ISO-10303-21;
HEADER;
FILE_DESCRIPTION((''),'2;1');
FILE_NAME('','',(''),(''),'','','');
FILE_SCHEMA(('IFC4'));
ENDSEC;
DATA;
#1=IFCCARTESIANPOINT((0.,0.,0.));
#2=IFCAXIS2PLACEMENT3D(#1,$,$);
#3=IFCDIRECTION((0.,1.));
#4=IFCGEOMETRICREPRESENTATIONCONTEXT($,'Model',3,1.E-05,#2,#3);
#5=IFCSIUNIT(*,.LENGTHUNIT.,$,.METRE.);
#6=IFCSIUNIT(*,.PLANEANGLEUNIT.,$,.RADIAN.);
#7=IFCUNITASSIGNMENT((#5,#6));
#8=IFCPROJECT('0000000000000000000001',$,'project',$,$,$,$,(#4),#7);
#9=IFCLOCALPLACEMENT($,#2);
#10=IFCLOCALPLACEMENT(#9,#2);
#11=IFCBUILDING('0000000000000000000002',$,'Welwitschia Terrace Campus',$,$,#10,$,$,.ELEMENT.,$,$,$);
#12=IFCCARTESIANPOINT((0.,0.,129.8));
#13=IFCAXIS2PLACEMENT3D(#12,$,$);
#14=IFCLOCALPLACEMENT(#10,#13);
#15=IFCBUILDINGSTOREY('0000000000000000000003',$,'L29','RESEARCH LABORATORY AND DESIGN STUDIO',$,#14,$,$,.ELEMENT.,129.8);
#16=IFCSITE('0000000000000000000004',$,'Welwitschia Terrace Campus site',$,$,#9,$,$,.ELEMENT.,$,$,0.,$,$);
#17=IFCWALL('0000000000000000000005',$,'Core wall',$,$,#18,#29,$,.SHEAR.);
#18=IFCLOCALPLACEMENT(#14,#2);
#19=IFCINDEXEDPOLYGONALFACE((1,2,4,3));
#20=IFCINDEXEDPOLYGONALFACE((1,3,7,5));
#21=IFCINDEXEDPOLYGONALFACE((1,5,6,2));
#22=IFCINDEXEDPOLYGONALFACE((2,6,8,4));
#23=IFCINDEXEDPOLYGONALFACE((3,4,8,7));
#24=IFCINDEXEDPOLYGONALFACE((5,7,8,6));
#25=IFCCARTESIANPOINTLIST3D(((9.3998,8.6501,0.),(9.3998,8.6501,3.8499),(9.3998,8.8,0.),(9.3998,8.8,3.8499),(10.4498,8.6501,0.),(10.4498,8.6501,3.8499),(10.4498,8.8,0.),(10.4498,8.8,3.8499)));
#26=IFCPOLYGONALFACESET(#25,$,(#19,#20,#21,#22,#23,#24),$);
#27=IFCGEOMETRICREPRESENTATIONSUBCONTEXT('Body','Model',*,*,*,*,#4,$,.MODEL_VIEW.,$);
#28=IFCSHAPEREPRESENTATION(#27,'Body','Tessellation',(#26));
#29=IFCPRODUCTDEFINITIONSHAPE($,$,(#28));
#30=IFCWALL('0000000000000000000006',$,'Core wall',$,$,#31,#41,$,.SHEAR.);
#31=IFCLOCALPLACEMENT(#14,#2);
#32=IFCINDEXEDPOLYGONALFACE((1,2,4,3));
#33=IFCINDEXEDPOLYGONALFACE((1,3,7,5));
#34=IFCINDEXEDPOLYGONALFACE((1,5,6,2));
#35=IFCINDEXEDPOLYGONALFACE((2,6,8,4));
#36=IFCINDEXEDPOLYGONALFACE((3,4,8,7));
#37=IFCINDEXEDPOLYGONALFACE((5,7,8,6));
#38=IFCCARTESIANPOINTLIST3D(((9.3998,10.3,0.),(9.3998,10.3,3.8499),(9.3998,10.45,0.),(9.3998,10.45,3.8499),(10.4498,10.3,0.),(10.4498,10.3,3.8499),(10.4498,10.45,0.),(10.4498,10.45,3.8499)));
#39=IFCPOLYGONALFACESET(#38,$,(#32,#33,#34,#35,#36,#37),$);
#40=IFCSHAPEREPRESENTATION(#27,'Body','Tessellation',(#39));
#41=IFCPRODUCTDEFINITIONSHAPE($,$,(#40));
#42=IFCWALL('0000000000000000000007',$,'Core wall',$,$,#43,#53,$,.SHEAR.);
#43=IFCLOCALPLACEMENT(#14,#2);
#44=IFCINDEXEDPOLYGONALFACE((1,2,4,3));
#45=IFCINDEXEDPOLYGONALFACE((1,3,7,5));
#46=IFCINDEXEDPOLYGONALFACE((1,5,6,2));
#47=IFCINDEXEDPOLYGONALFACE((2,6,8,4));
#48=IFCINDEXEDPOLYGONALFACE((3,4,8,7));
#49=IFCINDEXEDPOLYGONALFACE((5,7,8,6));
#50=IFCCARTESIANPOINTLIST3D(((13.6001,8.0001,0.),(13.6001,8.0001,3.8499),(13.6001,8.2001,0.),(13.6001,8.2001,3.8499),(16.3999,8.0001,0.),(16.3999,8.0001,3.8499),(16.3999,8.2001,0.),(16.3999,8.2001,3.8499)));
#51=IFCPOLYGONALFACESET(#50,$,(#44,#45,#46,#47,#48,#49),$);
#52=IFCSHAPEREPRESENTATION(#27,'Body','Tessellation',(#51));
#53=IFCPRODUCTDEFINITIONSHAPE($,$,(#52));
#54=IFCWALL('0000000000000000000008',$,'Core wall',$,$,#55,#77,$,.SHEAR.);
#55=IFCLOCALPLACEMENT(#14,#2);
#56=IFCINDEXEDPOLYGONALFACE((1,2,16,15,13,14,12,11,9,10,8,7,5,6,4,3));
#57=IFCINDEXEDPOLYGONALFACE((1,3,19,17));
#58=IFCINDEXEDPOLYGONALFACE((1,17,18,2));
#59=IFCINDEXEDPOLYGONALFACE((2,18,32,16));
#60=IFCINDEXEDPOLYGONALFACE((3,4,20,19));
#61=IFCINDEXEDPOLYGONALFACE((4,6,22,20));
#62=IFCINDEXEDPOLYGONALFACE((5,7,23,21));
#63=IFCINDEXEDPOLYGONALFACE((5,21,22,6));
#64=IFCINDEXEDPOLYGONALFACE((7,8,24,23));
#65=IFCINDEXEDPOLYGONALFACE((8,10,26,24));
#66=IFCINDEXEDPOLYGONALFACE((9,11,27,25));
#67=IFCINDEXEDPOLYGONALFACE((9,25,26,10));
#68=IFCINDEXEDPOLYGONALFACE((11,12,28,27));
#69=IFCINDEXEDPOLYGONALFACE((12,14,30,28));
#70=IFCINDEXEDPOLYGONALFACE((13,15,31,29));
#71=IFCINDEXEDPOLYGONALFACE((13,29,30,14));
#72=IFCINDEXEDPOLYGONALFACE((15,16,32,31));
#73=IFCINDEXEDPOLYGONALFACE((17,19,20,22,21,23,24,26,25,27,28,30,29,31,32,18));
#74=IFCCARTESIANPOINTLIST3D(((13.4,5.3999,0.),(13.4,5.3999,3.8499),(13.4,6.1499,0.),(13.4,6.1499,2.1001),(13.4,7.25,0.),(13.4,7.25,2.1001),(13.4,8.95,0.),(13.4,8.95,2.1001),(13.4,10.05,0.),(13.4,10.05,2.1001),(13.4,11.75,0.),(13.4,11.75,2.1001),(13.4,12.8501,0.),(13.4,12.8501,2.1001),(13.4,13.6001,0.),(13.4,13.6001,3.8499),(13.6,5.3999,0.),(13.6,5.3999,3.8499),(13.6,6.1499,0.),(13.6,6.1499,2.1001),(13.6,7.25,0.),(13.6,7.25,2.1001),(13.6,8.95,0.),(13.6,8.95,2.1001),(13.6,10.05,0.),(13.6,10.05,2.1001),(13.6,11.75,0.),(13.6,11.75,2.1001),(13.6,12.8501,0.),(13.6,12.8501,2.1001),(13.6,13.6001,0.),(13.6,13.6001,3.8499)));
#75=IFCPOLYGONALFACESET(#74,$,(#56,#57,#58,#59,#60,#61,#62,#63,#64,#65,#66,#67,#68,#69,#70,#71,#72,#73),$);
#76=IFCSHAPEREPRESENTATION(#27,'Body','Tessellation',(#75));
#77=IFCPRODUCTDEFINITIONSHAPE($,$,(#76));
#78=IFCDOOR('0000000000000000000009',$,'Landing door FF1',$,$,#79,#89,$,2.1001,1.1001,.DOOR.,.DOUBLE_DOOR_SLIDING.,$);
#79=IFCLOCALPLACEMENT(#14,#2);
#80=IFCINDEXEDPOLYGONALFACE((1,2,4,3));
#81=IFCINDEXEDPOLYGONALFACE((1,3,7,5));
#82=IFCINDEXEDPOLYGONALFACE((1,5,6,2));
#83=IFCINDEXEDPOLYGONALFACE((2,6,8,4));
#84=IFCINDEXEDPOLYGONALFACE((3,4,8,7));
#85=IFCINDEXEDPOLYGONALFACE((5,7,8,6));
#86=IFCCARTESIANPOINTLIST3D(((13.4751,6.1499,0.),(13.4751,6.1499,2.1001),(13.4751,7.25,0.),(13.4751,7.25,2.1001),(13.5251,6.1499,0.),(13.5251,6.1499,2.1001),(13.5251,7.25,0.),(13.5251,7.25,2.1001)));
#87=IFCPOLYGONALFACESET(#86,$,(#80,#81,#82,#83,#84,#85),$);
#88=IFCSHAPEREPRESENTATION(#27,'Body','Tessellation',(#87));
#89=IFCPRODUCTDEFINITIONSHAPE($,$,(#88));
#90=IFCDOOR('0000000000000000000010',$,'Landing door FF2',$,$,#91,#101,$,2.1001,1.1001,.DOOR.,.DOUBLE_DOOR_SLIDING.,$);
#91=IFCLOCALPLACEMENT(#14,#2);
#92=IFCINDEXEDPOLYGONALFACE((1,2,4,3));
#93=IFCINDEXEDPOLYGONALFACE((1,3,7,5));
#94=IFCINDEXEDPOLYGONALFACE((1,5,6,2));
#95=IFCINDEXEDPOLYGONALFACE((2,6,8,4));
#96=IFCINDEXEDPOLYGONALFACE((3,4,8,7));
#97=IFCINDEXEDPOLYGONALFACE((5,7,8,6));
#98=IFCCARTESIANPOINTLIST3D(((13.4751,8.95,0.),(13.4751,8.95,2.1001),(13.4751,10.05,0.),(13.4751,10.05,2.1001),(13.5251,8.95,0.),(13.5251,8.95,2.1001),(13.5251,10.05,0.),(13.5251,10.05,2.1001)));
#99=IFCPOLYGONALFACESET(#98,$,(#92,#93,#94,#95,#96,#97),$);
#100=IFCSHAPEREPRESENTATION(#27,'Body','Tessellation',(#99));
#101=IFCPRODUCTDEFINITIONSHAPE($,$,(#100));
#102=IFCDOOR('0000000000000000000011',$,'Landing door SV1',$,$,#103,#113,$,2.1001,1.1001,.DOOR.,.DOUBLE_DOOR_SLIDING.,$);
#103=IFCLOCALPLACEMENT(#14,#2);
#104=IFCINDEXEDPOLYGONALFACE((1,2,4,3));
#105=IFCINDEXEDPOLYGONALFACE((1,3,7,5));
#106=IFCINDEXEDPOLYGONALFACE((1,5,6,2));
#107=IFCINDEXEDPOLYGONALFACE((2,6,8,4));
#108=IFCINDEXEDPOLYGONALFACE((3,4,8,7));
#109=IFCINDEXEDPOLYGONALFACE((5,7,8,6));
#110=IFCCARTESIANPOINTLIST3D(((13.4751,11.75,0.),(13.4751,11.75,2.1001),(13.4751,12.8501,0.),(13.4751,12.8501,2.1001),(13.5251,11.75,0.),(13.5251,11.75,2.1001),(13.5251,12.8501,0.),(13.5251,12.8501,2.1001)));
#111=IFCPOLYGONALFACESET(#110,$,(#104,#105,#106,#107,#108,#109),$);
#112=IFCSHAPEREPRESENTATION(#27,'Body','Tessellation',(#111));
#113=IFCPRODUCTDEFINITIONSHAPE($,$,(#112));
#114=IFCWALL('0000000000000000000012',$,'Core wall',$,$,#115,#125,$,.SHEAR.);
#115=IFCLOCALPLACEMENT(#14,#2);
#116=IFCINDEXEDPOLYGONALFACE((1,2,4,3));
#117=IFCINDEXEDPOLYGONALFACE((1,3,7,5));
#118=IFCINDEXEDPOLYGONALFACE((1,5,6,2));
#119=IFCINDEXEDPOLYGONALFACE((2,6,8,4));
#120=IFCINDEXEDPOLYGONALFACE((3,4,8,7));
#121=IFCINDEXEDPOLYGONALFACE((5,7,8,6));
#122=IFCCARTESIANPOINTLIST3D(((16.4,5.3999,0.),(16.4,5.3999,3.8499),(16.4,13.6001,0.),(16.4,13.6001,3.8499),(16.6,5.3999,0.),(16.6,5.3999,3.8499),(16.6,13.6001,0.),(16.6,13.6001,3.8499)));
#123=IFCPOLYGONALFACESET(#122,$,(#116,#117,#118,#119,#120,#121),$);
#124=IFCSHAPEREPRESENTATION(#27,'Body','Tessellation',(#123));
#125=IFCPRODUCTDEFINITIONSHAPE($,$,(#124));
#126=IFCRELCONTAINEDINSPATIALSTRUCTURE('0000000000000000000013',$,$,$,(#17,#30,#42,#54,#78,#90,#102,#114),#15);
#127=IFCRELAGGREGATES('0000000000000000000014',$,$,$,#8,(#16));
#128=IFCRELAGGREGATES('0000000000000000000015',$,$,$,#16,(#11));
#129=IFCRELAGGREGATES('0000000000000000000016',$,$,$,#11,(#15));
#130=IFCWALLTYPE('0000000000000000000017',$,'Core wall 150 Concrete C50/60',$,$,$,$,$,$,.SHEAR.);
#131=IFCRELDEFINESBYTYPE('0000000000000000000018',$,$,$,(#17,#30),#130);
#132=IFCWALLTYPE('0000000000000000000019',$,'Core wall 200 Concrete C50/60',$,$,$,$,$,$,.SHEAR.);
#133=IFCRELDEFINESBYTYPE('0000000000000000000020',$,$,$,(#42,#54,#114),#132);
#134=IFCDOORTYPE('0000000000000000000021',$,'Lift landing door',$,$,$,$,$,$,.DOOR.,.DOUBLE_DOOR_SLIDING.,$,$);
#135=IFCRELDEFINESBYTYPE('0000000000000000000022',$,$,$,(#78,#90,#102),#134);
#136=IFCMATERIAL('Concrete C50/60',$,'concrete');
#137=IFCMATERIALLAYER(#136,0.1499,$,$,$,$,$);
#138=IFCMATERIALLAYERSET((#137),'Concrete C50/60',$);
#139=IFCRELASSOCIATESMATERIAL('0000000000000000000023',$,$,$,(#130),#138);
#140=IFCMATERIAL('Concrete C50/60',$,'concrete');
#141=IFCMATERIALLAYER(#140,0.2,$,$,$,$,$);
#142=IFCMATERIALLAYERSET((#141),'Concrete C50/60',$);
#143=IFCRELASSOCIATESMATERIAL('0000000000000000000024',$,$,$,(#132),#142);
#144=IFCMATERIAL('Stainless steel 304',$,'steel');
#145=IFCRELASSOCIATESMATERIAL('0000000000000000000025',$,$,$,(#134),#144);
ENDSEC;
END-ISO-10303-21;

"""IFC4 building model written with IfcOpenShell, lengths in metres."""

from ifc_helpers import new_model, si_unit, direction, frame, frame_2d, origin, place, context, subcontext, project, spatial, rectangle, extrude, material, layer, layer_set, type_object, element, fill, save


model = new_model("IFC4")

# Units and contexts
model_context = context("Model", 3, precision=1e-05, world=origin(), true_north=direction((0.0, 1.0)))
body_context = subcontext(model_context, "Body", "Model", "MODEL_VIEW")
ifc_project = project(units=[si_unit("LENGTHUNIT", "METRE"), si_unit("PLANEANGLEUNIT", "RADIAN")], contexts=[model_context])

# Site, building, storey
site_placement = place(None, origin())
site = spatial("IfcSite", under=ifc_project, at=site_placement, Name="Welwitschia Terrace Campus site", CompositionType="ELEMENT", RefElevation=0.0)
building_placement = place(site_placement, origin())
building = spatial("IfcBuilding", under=site, at=building_placement, Name="Welwitschia Terrace Campus", CompositionType="ELEMENT")
storey_placement = place(building_placement, frame((0.0, 0.0, 129.8)))
storey = spatial("IfcBuildingStorey", under=building, at=storey_placement, Name="L29", Description="RESEARCH LABORATORY AND DESIGN STUDIO", CompositionType="ELEMENT", Elevation=129.8)

# Walls
ifc_material_1 = material(Name="Concrete C50/60", Category="concrete")
ifc_layer_1 = layer(ifc_material_1, 0.1499)
ifc_layer_set_1 = layer_set([ifc_layer_1], Name="Concrete C50/60")
wall_type_1 = type_object("IfcWallType", Name="Core wall 150 Concrete C50/60", PredefinedType="SHEAR", material=ifc_layer_set_1)
for number, where, z_axis, x_axis, name in (
    (1, (9.3999, 8.7251, 0.0), (0.0, 0.0, 1.0), (1.0, 0.0, 0.0), "Core wall"),
    (2, (9.3999, 10.375, 0.0), (0.0, 0.0, 1.0), (1.0, 0.0, 0.0), "Core wall"),
):
    element("IfcWall", number, at=place(storey_placement, frame(where, z_axis=z_axis, x_axis=x_axis)), inside=storey, type_object=wall_type_1, Name=name, PredefinedType="SHEAR", context=body_context, shape_type="SweptSolid", body=[
        extrude(rectangle(XDim=1.05, YDim=0.1499, at=frame_2d((0.5249, 0.0))), origin(), (0.0, 0.0, 1.0), 3.8499),
    ])
ifc_material_2 = material(Name="Concrete C50/60", Category="concrete")
ifc_layer_2 = layer(ifc_material_2, 0.2)
ifc_layer_set_2 = layer_set([ifc_layer_2], Name="Concrete C50/60")
wall_type_2 = type_object("IfcWallType", Name="Core wall 200 Concrete C50/60", PredefinedType="SHEAR", material=ifc_layer_set_2)
wall_1_placement = place(storey_placement, frame((13.6001, 8.1001, 0.0), z_axis=(0.0, 0.0, 1.0), x_axis=(1.0, 0.0, 0.0)))
element("IfcWall", 3, at=wall_1_placement, inside=storey, type_object=wall_type_2, Name="Core wall", PredefinedType="SHEAR", context=body_context, shape_type="SweptSolid", body=[
    extrude(rectangle(XDim=2.7998, YDim=0.2, at=frame_2d((1.3999, 0.0))), origin(), (0.0, 0.0, 1.0), 3.8499),
])

# Wall, openings, doors
wall_2_placement = place(storey_placement, frame((13.5, 5.3999, 0.0), z_axis=(0.0, 0.0, 1.0), x_axis=(0.0, 1.0, 0.0)))
wall_2 = element("IfcWall", 4, at=wall_2_placement, inside=storey, type_object=wall_type_2, Name="Core wall", PredefinedType="SHEAR", context=body_context, shape_type="SweptSolid", body=[
    extrude(rectangle(XDim=8.2002, YDim=0.2, at=frame_2d((4.1001, 0.0))), origin(), (0.0, 0.0, 1.0), 3.8499),
])
opening_1_placement = place(wall_2_placement, frame((0.75, 0.0, 0.0)))
opening_1 = element("IfcOpeningElement", 5, at=opening_1_placement, cuts=wall_2, PredefinedType="OPENING", context=body_context, shape_type="SweptSolid", body=[
    extrude(rectangle(XDim=1.1001, YDim=2.1001, at=frame_2d((0.55, 1.05))), frame((0.0, 0.1099, 0.0), z_axis=(0.0, -1.0, 0.0), x_axis=(1.0, 0.0, 0.0)), (0.0, 0.0, 1.0), 0.22),
])
opening_2_placement = place(wall_2_placement, frame((3.55, 0.0, 0.0)))
opening_2 = element("IfcOpeningElement", 6, at=opening_2_placement, cuts=wall_2, PredefinedType="OPENING", context=body_context, shape_type="SweptSolid", body=[
    extrude(rectangle(XDim=1.1001, YDim=2.1001, at=frame_2d((0.55, 1.05))), frame((0.0, 0.1099, 0.0), z_axis=(0.0, -1.0, 0.0), x_axis=(1.0, 0.0, 0.0)), (0.0, 0.0, 1.0), 0.22),
])
opening_3_placement = place(wall_2_placement, frame((6.3501, 0.0, 0.0)))
opening_3 = element("IfcOpeningElement", 7, at=opening_3_placement, cuts=wall_2, PredefinedType="OPENING", context=body_context, shape_type="SweptSolid", body=[
    extrude(rectangle(XDim=1.1001, YDim=2.1001, at=frame_2d((0.55, 1.05))), frame((0.0, 0.1099, 0.0), z_axis=(0.0, -1.0, 0.0), x_axis=(1.0, 0.0, 0.0)), (0.0, 0.0, 1.0), 0.22),
])
ifc_material_3 = material(Name="Stainless steel 304", Category="steel")
door_type_1 = type_object("IfcDoorType", Name="Lift landing door", OperationType="DOUBLE_DOOR_SLIDING", PredefinedType="DOOR", material=ifc_material_3)
door_1_placement = place(opening_1_placement, origin())
door_1 = element("IfcDoor", 8, at=door_1_placement, inside=storey, type_object=door_type_1, Name="Landing door FF1", OperationType="DOUBLE_DOOR_SLIDING", OverallHeight=2.1001, OverallWidth=1.1001, PredefinedType="DOOR", context=body_context, shape_type="SweptSolid", body=[
    extrude(rectangle(XDim=1.1001, YDim=2.1001, at=frame_2d((0.55, 1.05))), frame((0.0, 0.0249, 0.0), z_axis=(0.0, -1.0, 0.0), x_axis=(1.0, 0.0, 0.0)), (0.0, 0.0, 1.0), 0.05),
])
fill(opening_1, door_1)
door_2_placement = place(opening_2_placement, origin())
door_2 = element("IfcDoor", 9, at=door_2_placement, inside=storey, type_object=door_type_1, Name="Landing door FF2", OperationType="DOUBLE_DOOR_SLIDING", OverallHeight=2.1001, OverallWidth=1.1001, PredefinedType="DOOR", context=body_context, shape_type="SweptSolid", body=[
    extrude(rectangle(XDim=1.1001, YDim=2.1001, at=frame_2d((0.55, 1.05))), frame((0.0, 0.0249, 0.0), z_axis=(0.0, -1.0, 0.0), x_axis=(1.0, 0.0, 0.0)), (0.0, 0.0, 1.0), 0.05),
])
fill(opening_2, door_2)
door_3_placement = place(opening_3_placement, origin())
door_3 = element("IfcDoor", 10, at=door_3_placement, inside=storey, type_object=door_type_1, Name="Landing door SV1", OperationType="DOUBLE_DOOR_SLIDING", OverallHeight=2.1001, OverallWidth=1.1001, PredefinedType="DOOR", context=body_context, shape_type="SweptSolid", body=[
    extrude(rectangle(XDim=1.1001, YDim=2.1001, at=frame_2d((0.55, 1.05))), frame((0.0, 0.0249, 0.0), z_axis=(0.0, -1.0, 0.0), x_axis=(1.0, 0.0, 0.0)), (0.0, 0.0, 1.0), 0.05),
])
fill(opening_3, door_3)

# Wall
wall_3_placement = place(storey_placement, frame((16.5, 5.3999, 0.0), z_axis=(0.0, 0.0, 1.0), x_axis=(0.0, 1.0, 0.0)))
element("IfcWall", 11, at=wall_3_placement, inside=storey, type_object=wall_type_2, Name="Core wall", PredefinedType="SHEAR", context=body_context, shape_type="SweptSolid", body=[
    extrude(rectangle(XDim=8.2002, YDim=0.2, at=frame_2d((4.1001, 0.0))), origin(), (0.0, 0.0, 1.0), 3.8499),
])

save(model, "model.ifc")
